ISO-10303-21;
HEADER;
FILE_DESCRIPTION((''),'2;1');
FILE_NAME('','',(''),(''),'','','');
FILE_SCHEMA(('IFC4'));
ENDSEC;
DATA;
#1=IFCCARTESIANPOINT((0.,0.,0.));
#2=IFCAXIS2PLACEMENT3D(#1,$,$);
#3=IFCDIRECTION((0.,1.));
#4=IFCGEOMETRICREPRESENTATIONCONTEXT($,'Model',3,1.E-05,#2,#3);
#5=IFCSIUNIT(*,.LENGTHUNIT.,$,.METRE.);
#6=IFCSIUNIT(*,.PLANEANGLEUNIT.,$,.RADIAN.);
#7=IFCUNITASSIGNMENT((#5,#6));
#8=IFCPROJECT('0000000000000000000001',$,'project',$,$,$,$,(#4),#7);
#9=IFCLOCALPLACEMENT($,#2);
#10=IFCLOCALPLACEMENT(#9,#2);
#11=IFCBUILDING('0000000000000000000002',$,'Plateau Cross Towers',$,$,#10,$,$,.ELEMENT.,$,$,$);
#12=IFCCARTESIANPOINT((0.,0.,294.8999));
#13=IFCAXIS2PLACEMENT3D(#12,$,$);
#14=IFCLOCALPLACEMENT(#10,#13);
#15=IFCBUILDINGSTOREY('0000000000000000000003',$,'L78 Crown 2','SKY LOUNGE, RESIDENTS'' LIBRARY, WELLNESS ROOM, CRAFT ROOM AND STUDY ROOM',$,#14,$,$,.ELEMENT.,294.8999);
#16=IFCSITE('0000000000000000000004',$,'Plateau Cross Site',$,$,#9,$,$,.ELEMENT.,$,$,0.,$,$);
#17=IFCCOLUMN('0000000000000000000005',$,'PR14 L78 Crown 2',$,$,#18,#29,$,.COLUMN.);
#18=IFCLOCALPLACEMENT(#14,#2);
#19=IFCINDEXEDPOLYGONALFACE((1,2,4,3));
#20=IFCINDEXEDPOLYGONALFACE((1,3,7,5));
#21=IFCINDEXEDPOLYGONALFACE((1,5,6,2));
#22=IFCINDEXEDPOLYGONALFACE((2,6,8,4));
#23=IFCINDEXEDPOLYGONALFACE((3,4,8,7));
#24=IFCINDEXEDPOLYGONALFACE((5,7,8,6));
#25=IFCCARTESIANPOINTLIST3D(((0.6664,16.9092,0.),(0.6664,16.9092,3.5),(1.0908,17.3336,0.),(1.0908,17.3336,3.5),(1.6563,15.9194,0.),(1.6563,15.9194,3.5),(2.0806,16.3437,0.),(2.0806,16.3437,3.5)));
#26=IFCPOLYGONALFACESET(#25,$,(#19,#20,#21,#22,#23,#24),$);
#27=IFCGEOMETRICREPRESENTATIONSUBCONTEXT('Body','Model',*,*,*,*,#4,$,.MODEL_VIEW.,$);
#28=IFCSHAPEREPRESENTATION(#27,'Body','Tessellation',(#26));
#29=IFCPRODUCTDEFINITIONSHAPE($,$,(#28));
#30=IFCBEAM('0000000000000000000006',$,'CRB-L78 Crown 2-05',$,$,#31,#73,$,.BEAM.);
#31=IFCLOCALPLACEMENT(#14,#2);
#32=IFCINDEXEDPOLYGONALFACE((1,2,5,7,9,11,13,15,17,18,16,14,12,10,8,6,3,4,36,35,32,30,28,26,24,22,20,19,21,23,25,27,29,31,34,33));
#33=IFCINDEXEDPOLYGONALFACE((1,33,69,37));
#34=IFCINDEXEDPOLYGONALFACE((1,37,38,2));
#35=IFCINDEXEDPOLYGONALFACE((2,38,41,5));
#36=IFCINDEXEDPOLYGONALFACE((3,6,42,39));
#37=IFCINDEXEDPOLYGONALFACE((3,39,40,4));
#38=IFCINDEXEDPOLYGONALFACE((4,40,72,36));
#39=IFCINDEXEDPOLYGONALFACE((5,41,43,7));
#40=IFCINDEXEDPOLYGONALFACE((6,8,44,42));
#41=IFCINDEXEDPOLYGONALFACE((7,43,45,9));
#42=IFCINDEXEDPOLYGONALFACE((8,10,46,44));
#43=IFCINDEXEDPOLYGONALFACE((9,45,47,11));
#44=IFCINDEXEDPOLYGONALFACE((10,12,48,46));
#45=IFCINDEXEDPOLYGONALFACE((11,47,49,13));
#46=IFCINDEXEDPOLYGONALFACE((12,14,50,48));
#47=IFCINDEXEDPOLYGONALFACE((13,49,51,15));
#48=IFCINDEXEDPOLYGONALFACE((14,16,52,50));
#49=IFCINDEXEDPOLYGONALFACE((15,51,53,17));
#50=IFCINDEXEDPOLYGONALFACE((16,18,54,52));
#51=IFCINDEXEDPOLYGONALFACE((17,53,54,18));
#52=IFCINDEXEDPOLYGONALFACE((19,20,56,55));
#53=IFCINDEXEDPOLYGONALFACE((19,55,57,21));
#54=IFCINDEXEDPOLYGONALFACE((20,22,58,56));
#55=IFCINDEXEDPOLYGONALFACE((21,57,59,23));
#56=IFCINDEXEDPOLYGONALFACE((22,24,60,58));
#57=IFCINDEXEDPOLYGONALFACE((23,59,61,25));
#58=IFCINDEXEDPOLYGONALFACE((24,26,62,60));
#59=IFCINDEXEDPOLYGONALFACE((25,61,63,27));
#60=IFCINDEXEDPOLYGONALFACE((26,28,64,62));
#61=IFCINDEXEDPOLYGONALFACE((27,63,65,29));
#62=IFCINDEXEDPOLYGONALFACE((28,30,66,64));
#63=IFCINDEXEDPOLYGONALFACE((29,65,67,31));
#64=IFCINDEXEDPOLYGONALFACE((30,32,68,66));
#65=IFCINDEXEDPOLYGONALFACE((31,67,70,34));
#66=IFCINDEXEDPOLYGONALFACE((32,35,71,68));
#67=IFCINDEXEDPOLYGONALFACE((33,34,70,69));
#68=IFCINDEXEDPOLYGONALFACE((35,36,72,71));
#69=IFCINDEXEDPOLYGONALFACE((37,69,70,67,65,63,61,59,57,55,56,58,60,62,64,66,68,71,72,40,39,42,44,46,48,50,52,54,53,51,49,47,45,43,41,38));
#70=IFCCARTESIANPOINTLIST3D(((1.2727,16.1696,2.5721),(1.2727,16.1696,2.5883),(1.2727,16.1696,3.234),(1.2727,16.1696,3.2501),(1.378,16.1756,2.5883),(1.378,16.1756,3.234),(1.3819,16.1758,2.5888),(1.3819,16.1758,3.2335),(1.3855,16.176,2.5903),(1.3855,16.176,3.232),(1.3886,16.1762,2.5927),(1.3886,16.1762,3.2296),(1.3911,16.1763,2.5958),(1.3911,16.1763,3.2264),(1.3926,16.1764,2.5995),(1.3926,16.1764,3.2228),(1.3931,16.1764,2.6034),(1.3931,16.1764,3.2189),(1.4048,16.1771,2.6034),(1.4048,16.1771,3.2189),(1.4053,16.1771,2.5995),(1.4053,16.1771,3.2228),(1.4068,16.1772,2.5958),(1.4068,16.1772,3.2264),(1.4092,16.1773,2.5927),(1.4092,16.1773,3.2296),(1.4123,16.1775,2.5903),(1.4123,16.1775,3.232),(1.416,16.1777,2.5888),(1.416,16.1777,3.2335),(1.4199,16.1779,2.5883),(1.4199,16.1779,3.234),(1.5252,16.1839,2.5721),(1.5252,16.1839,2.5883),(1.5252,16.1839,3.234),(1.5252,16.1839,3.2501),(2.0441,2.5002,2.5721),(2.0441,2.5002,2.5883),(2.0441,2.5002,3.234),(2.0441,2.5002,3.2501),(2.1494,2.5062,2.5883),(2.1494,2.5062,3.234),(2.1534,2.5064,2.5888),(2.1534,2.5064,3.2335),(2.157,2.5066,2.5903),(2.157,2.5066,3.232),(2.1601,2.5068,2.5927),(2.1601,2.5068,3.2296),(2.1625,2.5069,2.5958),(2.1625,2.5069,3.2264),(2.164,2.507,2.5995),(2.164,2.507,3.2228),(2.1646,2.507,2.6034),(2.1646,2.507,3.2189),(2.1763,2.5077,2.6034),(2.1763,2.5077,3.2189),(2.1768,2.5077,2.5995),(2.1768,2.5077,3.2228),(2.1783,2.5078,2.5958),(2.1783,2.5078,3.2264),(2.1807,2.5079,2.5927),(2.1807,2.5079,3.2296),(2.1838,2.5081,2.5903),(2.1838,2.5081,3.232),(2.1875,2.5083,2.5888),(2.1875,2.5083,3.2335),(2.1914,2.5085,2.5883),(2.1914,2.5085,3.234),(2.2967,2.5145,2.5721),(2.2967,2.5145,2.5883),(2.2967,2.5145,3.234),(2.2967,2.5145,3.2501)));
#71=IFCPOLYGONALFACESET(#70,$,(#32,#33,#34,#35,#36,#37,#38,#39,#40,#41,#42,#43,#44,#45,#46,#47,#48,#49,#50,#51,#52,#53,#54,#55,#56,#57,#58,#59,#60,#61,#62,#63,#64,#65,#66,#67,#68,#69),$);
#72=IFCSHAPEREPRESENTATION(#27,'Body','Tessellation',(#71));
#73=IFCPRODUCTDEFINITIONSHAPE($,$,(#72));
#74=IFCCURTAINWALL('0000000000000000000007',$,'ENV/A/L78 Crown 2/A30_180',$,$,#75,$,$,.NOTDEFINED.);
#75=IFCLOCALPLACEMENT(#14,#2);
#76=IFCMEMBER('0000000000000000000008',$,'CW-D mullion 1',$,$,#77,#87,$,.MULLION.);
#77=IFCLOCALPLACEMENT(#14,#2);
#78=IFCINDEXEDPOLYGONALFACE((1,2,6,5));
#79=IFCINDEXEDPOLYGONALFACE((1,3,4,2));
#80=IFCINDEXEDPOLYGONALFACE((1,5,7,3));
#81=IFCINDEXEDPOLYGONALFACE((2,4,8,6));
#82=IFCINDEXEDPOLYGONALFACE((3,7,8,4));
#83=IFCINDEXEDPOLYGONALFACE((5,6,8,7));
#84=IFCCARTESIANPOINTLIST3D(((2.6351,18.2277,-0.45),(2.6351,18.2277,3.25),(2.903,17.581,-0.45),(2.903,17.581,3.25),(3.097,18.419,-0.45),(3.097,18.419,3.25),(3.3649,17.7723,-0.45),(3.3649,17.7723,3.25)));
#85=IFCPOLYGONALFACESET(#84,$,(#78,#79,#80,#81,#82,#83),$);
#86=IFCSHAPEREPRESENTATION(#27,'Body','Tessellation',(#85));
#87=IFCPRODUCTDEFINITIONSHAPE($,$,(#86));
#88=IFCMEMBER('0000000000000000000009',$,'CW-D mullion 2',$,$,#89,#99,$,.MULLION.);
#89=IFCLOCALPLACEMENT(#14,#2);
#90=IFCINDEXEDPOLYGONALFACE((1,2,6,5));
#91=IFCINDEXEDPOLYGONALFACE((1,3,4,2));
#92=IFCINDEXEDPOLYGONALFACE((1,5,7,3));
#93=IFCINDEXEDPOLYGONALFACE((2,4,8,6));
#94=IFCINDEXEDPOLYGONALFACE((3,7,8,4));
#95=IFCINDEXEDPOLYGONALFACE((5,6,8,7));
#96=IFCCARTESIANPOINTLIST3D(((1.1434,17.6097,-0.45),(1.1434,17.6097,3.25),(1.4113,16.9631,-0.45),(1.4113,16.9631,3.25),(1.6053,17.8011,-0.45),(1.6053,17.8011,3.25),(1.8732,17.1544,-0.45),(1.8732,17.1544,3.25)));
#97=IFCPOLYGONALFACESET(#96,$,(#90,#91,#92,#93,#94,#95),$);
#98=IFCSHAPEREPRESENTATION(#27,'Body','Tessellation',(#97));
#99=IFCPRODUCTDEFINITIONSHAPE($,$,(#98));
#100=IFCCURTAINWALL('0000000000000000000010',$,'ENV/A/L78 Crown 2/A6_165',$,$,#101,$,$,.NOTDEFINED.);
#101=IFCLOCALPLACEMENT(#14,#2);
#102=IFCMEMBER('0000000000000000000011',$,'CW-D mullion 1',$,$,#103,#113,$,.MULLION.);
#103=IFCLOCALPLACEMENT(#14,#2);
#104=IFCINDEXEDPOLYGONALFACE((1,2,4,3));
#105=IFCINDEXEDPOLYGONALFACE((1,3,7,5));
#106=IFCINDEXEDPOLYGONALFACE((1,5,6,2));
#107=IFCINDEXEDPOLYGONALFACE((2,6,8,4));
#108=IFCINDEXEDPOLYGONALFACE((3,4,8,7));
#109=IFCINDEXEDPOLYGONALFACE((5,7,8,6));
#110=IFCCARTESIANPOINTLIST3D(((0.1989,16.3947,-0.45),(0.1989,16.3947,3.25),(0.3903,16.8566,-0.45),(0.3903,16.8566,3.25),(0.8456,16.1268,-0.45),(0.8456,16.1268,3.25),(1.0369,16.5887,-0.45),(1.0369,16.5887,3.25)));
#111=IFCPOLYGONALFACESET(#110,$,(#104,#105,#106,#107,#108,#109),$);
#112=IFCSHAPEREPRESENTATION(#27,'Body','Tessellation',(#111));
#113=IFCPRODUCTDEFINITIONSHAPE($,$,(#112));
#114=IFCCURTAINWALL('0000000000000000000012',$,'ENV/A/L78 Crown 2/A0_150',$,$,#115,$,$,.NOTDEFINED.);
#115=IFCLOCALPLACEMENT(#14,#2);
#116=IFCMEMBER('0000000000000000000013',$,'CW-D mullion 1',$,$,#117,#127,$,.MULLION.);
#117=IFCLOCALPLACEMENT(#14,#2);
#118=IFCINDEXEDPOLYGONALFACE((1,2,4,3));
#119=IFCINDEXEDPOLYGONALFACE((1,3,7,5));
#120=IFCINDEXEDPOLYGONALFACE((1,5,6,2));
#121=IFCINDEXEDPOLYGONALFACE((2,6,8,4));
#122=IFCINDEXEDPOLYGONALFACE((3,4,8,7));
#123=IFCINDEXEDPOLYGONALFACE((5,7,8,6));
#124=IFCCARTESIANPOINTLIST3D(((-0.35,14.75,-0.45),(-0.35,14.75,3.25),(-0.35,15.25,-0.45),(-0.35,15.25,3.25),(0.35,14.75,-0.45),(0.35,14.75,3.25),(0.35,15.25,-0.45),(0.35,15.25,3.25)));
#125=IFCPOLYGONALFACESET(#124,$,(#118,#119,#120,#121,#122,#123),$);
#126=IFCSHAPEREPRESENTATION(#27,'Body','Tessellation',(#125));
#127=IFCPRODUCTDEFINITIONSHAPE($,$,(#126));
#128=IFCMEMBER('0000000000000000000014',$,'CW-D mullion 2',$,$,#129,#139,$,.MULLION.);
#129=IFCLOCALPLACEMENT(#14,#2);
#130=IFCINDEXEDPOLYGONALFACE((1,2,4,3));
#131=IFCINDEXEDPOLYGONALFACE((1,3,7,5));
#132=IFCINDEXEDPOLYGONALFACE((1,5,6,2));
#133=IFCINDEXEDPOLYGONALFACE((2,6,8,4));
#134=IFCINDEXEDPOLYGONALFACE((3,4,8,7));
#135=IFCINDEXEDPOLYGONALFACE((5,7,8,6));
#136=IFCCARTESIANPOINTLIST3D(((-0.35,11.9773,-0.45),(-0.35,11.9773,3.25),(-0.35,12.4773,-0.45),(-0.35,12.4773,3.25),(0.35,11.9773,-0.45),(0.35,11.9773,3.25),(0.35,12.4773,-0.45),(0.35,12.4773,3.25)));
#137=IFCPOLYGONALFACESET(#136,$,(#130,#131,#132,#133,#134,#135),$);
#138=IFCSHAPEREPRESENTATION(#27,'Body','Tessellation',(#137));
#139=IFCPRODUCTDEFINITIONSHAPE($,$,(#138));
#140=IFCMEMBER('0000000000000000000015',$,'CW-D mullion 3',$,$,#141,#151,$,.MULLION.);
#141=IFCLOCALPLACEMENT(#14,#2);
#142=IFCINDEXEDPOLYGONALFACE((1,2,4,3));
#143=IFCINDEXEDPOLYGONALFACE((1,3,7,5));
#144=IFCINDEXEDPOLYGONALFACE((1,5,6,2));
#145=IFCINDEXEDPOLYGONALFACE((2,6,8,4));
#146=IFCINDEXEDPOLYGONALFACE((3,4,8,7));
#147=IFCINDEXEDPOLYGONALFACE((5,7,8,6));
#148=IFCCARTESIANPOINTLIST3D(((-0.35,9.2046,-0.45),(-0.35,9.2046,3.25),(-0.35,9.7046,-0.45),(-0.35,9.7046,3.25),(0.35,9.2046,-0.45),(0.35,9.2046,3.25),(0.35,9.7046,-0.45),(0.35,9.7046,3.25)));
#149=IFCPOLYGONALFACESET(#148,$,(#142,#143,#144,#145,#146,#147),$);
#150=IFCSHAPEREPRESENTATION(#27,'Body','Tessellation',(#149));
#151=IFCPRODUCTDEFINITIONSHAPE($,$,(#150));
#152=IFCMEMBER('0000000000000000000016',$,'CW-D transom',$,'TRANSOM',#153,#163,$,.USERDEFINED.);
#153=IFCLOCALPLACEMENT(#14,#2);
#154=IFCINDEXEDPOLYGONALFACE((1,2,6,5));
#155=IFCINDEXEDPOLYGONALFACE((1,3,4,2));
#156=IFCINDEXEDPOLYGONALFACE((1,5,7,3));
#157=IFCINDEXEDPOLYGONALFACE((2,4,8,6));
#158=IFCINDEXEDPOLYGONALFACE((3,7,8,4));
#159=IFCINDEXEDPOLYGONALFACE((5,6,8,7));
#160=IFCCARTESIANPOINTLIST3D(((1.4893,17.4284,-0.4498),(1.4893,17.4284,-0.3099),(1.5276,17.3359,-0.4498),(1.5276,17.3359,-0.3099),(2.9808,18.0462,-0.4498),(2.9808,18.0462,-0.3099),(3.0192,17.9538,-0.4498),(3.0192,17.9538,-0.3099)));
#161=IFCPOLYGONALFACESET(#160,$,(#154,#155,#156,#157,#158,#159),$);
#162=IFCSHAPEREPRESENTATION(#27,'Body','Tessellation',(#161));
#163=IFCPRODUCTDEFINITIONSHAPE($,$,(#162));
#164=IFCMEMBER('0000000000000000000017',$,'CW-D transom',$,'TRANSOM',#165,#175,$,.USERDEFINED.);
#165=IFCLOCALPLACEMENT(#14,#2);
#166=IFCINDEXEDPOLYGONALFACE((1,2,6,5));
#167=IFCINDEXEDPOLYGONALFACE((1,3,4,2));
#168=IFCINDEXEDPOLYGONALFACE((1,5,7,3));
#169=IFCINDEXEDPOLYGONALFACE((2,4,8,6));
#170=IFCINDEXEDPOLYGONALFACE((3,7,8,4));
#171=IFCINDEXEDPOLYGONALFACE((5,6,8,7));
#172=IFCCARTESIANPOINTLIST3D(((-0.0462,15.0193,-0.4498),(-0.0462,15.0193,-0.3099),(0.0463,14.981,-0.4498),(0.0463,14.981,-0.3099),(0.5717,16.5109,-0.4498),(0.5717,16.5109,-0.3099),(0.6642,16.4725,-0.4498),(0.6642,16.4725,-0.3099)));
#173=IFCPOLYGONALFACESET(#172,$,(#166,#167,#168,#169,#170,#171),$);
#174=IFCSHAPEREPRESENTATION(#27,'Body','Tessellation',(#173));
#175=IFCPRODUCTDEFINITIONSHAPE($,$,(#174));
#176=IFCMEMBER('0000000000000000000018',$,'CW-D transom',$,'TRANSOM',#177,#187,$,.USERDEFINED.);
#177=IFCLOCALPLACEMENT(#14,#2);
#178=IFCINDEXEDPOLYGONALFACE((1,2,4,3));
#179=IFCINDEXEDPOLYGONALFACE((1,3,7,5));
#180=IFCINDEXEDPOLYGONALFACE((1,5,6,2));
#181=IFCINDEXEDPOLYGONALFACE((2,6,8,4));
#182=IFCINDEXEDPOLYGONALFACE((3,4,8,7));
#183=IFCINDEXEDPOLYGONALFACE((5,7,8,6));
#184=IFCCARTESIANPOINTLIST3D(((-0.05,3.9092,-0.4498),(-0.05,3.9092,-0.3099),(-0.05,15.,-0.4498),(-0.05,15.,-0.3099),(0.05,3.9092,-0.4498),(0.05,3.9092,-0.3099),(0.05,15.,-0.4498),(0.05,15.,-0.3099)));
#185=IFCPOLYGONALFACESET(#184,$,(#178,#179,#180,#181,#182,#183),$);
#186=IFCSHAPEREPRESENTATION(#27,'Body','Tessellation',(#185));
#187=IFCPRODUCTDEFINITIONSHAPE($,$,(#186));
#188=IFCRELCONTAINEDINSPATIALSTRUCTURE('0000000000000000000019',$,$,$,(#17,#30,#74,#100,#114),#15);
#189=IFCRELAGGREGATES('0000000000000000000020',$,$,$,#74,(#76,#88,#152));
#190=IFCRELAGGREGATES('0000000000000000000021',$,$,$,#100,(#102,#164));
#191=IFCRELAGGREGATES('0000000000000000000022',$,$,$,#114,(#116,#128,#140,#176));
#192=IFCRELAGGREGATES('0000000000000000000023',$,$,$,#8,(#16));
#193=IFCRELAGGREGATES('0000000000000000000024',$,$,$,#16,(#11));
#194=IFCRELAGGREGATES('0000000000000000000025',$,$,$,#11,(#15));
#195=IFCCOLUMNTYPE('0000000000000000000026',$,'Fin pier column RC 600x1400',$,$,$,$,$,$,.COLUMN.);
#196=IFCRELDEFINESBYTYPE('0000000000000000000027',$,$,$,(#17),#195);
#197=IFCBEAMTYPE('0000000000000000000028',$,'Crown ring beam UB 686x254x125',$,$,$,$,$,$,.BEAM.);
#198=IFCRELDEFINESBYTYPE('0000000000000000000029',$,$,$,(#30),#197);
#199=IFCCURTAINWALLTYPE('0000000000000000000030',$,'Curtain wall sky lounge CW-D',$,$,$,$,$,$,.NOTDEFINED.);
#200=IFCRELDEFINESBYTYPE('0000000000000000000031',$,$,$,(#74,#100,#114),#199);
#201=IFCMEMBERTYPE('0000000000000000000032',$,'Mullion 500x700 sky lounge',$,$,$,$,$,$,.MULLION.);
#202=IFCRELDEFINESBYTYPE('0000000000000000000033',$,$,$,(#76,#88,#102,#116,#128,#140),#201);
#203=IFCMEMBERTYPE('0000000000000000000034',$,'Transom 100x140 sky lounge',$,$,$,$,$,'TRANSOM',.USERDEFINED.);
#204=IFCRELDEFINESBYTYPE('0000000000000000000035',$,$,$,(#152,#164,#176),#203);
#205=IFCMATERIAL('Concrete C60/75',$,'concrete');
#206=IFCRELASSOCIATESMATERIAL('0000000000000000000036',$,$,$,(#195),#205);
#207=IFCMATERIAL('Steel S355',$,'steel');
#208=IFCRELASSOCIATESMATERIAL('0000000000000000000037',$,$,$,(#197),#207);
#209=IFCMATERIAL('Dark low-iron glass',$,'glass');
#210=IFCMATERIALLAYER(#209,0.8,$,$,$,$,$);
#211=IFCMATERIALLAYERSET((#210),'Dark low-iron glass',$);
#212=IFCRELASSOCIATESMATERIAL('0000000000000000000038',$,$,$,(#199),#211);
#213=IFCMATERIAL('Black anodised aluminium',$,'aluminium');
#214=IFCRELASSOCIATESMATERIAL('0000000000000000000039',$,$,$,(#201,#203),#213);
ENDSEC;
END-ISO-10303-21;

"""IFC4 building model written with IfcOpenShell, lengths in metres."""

from ifc_helpers import new_model, si_unit, direction, frame, origin, origin_2d, place, context, subcontext, project, spatial, rectangle, i_section, extrude, material, layer, layer_set, material_profile, profile_set, type_object, element, aggregate, save


model = new_model("IFC4")

# Units and contexts
model_context = context("Model", 3, precision=1e-05, world=origin(), true_north=direction((0.0, 1.0)))
body_context = subcontext(model_context, "Body", "Model", "MODEL_VIEW")
ifc_project = project(units=[si_unit("LENGTHUNIT", "METRE"), si_unit("PLANEANGLEUNIT", "RADIAN")], contexts=[model_context])

# Site, building, storey
site_placement = place(None, origin())
site = spatial("IfcSite", under=ifc_project, at=site_placement, Name="Plateau Cross Site", CompositionType="ELEMENT", RefElevation=0.0)
building_placement = place(site_placement, origin())
building = spatial("IfcBuilding", under=site, at=building_placement, Name="Plateau Cross Towers", CompositionType="ELEMENT")
storey_placement = place(building_placement, frame((0.0, 0.0, 294.8999)))
storey = spatial("IfcBuildingStorey", under=building, at=storey_placement, Name="L78 Crown 2", Description="SKY LOUNGE, RESIDENTS' LIBRARY, WELLNESS ROOM, CRAFT ROOM AND STUDY ROOM", CompositionType="ELEMENT", Elevation=294.8999)

# Column
ifc_material_1 = material(Name="Concrete C60/75", Category="concrete")
ifc_material_profile_1 = material_profile(ifc_material_1, rectangle(XDim=0.6001, YDim=1.3999, at=origin_2d()), Name="RC 600x1400")
ifc_profile_set_1 = profile_set([ifc_material_profile_1], Name="Concrete C60/75")
column_type = type_object("IfcColumnType", Name="Fin pier column RC 600x1400", PredefinedType="COLUMN", material=ifc_profile_set_1)
column_placement = place(storey_placement, frame((1.3735, 16.6265, 0.0), z_axis=(0.0, 0.0, 1.0), x_axis=(0.707107, 0.707107, 0.0)))
element("IfcColumn", 1, at=column_placement, inside=storey, type_object=column_type, Name="PR14 L78 Crown 2", PredefinedType="COLUMN", context=body_context, shape_type="SweptSolid", body=[
    extrude(rectangle(XDim=0.6001, YDim=1.3999, at=origin_2d()), origin(), (0.0, 0.0, 1.0), 3.5),
])

# Beam
ifc_material_2 = material(Name="Steel S355", Category="steel")
ifc_material_profile_2 = material_profile(ifc_material_2, i_section(OverallWidth=0.2529, OverallDepth=0.678, WebThickness=0.0117, FlangeThickness=0.0161, FilletRadius=0.0151, at=origin_2d()), Name="UB 686x254x125")
ifc_profile_set_2 = profile_set([ifc_material_profile_2], Name="Steel S355")
beam_type = type_object("IfcBeamType", Name="Crown ring beam UB 686x254x125", PredefinedType="BEAM", material=ifc_profile_set_2)
beam_placement = place(storey_placement, frame((1.3989, 16.1768, 2.9111), z_axis=(0.056349, -0.998411, 0.0), x_axis=(0.998411, 0.056349, 0.0)))
element("IfcBeam", 2, at=beam_placement, inside=storey, type_object=beam_type, Name="CRB-L78 Crown 2-05", PredefinedType="BEAM", context=body_context, shape_type="SweptSolid", body=[
    extrude(i_section(OverallWidth=0.2529, OverallDepth=0.678, WebThickness=0.0117, FlangeThickness=0.0161, FilletRadius=0.0151, at=origin_2d()), origin(), (0.0, 0.0, 1.0), 13.6912),
])

# Curtain wall, members
ifc_material_3 = material(Name="Dark low-iron glass", Category="glass")
ifc_layer_1 = layer(ifc_material_3, 0.8)
ifc_layer_set_1 = layer_set([ifc_layer_1], Name="Dark low-iron glass")
curtain_wall_type = type_object("IfcCurtainWallType", Name="Curtain wall sky lounge CW-D", PredefinedType="NOTDEFINED", material=ifc_layer_set_1)
curtain_wall_1_placement = place(storey_placement, origin())
curtain_wall_1 = element("IfcCurtainWall", 3, at=curtain_wall_1_placement, inside=storey, type_object=curtain_wall_type, Name="ENV/A/L78 Crown 2/A30_180", PredefinedType="NOTDEFINED")
ifc_material_4 = material(Name="Black anodised aluminium", Category="aluminium")
ifc_material_profile_3 = material_profile(ifc_material_4, rectangle(XDim=0.5, YDim=0.7, at=origin_2d()), Name="MULLION 500x700")
ifc_profile_set_3 = profile_set([ifc_material_profile_3], Name="Black anodised aluminium")
member_type_1 = type_object("IfcMemberType", Name="Mullion 500x700 sky lounge", PredefinedType="MULLION", material=ifc_profile_set_3)
member_1_placement = place(storey_placement, frame((3.0, 18.0, -0.45), z_axis=(0.0, 0.0, 1.0), x_axis=(-0.923879, -0.382684, 0.0)))
member_1 = element("IfcMember", 4, at=member_1_placement, type_object=member_type_1, Name="CW-D mullion 1", PredefinedType="MULLION", context=body_context, shape_type="SweptSolid", body=[
    extrude(rectangle(XDim=0.5, YDim=0.7, at=origin_2d()), origin(), (0.0, 0.0, 1.0), 3.7),
])
member_2_placement = place(storey_placement, frame((1.5083, 17.3821, -0.45), z_axis=(0.0, 0.0, 1.0), x_axis=(-0.923879, -0.382684, 0.0)))
member_2 = element("IfcMember", 5, at=member_2_placement, type_object=member_type_1, Name="CW-D mullion 2", PredefinedType="MULLION", context=body_context, shape_type="SweptSolid", body=[
    extrude(rectangle(XDim=0.5, YDim=0.7, at=origin_2d()), origin(), (0.0, 0.0, 1.0), 3.7),
])

# Curtain wall, member
curtain_wall_2_placement = place(storey_placement, origin())
curtain_wall_2 = element("IfcCurtainWall", 6, at=curtain_wall_2_placement, inside=storey, type_object=curtain_wall_type, Name="ENV/A/L78 Crown 2/A6_165", PredefinedType="NOTDEFINED")
member_3_placement = place(storey_placement, frame((0.6179, 16.4917, -0.45), z_axis=(0.0, 0.0, 1.0), x_axis=(-0.382684, -0.923879, 0.0)))
member_3 = element("IfcMember", 7, at=member_3_placement, type_object=member_type_1, Name="CW-D mullion 1", PredefinedType="MULLION", context=body_context, shape_type="SweptSolid", body=[
    extrude(rectangle(XDim=0.5, YDim=0.7, at=origin_2d()), origin(), (0.0, 0.0, 1.0), 3.7),
])

# Curtain wall, members
curtain_wall_3_placement = place(storey_placement, origin())
curtain_wall_3 = element("IfcCurtainWall", 8, at=curtain_wall_3_placement, inside=storey, type_object=curtain_wall_type, Name="ENV/A/L78 Crown 2/A0_150", PredefinedType="NOTDEFINED")
member_4_placement = place(storey_placement, frame((0.0, 15.0, -0.45), z_axis=(0.0, 0.0, 1.0), x_axis=(0.0, -1.0, 0.0)))
member_4 = element("IfcMember", 9, at=member_4_placement, type_object=member_type_1, Name="CW-D mullion 1", PredefinedType="MULLION", context=body_context, shape_type="SweptSolid", body=[
    extrude(rectangle(XDim=0.5, YDim=0.7, at=origin_2d()), origin(), (0.0, 0.0, 1.0), 3.7),
])
member_5_placement = place(storey_placement, frame((0.0, 12.2273, -0.45), z_axis=(0.0, 0.0, 1.0), x_axis=(0.0, -1.0, 0.0)))
member_5 = element("IfcMember", 10, at=member_5_placement, type_object=member_type_1, Name="CW-D mullion 2", PredefinedType="MULLION", context=body_context, shape_type="SweptSolid", body=[
    extrude(rectangle(XDim=0.5, YDim=0.7, at=origin_2d()), origin(), (0.0, 0.0, 1.0), 3.7),
])
member_6_placement = place(storey_placement, frame((0.0, 9.4546, -0.45), z_axis=(0.0, 0.0, 1.0), x_axis=(0.0, -1.0, 0.0)))
member_6 = element("IfcMember", 11, at=member_6_placement, type_object=member_type_1, Name="CW-D mullion 3", PredefinedType="MULLION", context=body_context, shape_type="SweptSolid", body=[
    extrude(rectangle(XDim=0.5, YDim=0.7, at=origin_2d()), origin(), (0.0, 0.0, 1.0), 3.7),
])

# Members
ifc_material_profile_4 = material_profile(ifc_material_4, rectangle(XDim=0.1001, YDim=0.1399, at=origin_2d()), Name="TRANSOM 100x140")
ifc_profile_set_4 = profile_set([ifc_material_profile_4], Name="Black anodised aluminium")
member_type_2 = type_object("IfcMemberType", Name="Transom 100x140 sky lounge", ElementType="TRANSOM", PredefinedType="USERDEFINED", material=ifc_profile_set_4)
member_7_placement = place(storey_placement, frame((3.0, 18.0, -0.3799), z_axis=(-0.923871, -0.382703, 0.0), x_axis=(0.382703, -0.923871, 0.0)))
member_7 = element("IfcMember", 12, at=member_7_placement, type_object=member_type_2, Name="CW-D transom", ObjectType="TRANSOM", PredefinedType="USERDEFINED", context=body_context, shape_type="SweptSolid", body=[
    extrude(rectangle(XDim=0.1001, YDim=0.1399, at=origin_2d()), origin(), (0.0, 0.0, 1.0), 1.6145),
])
member_8_placement = place(storey_placement, frame((0.6179, 16.4917, -0.3799), z_axis=(-0.382703, -0.923871, 0.0), x_axis=(0.923871, -0.382703, 0.0)))
member_8 = element("IfcMember", 13, at=member_8_placement, type_object=member_type_2, Name="CW-D transom", ObjectType="TRANSOM", PredefinedType="USERDEFINED", context=body_context, shape_type="SweptSolid", body=[
    extrude(rectangle(XDim=0.1001, YDim=0.1399, at=origin_2d()), origin(), (0.0, 0.0, 1.0), 1.6145),
])
member_9_placement = place(storey_placement, frame((0.0, 15.0, -0.3799), z_axis=(0.0, -1.0, 0.0), x_axis=(1.0, 0.0, 0.0)))
member_9 = element("IfcMember", 14, at=member_9_placement, type_object=member_type_2, Name="CW-D transom", ObjectType="TRANSOM", PredefinedType="USERDEFINED", context=body_context, shape_type="SweptSolid", body=[
    extrude(rectangle(XDim=0.1001, YDim=0.1399, at=origin_2d()), origin(), (0.0, 0.0, 1.0), 11.0908),
])

aggregate(curtain_wall_1, [member_1, member_2, member_7])
aggregate(curtain_wall_2, [member_3, member_8])
aggregate(curtain_wall_3, [member_4, member_5, member_6, member_9])

save(model, "model.ifc")
